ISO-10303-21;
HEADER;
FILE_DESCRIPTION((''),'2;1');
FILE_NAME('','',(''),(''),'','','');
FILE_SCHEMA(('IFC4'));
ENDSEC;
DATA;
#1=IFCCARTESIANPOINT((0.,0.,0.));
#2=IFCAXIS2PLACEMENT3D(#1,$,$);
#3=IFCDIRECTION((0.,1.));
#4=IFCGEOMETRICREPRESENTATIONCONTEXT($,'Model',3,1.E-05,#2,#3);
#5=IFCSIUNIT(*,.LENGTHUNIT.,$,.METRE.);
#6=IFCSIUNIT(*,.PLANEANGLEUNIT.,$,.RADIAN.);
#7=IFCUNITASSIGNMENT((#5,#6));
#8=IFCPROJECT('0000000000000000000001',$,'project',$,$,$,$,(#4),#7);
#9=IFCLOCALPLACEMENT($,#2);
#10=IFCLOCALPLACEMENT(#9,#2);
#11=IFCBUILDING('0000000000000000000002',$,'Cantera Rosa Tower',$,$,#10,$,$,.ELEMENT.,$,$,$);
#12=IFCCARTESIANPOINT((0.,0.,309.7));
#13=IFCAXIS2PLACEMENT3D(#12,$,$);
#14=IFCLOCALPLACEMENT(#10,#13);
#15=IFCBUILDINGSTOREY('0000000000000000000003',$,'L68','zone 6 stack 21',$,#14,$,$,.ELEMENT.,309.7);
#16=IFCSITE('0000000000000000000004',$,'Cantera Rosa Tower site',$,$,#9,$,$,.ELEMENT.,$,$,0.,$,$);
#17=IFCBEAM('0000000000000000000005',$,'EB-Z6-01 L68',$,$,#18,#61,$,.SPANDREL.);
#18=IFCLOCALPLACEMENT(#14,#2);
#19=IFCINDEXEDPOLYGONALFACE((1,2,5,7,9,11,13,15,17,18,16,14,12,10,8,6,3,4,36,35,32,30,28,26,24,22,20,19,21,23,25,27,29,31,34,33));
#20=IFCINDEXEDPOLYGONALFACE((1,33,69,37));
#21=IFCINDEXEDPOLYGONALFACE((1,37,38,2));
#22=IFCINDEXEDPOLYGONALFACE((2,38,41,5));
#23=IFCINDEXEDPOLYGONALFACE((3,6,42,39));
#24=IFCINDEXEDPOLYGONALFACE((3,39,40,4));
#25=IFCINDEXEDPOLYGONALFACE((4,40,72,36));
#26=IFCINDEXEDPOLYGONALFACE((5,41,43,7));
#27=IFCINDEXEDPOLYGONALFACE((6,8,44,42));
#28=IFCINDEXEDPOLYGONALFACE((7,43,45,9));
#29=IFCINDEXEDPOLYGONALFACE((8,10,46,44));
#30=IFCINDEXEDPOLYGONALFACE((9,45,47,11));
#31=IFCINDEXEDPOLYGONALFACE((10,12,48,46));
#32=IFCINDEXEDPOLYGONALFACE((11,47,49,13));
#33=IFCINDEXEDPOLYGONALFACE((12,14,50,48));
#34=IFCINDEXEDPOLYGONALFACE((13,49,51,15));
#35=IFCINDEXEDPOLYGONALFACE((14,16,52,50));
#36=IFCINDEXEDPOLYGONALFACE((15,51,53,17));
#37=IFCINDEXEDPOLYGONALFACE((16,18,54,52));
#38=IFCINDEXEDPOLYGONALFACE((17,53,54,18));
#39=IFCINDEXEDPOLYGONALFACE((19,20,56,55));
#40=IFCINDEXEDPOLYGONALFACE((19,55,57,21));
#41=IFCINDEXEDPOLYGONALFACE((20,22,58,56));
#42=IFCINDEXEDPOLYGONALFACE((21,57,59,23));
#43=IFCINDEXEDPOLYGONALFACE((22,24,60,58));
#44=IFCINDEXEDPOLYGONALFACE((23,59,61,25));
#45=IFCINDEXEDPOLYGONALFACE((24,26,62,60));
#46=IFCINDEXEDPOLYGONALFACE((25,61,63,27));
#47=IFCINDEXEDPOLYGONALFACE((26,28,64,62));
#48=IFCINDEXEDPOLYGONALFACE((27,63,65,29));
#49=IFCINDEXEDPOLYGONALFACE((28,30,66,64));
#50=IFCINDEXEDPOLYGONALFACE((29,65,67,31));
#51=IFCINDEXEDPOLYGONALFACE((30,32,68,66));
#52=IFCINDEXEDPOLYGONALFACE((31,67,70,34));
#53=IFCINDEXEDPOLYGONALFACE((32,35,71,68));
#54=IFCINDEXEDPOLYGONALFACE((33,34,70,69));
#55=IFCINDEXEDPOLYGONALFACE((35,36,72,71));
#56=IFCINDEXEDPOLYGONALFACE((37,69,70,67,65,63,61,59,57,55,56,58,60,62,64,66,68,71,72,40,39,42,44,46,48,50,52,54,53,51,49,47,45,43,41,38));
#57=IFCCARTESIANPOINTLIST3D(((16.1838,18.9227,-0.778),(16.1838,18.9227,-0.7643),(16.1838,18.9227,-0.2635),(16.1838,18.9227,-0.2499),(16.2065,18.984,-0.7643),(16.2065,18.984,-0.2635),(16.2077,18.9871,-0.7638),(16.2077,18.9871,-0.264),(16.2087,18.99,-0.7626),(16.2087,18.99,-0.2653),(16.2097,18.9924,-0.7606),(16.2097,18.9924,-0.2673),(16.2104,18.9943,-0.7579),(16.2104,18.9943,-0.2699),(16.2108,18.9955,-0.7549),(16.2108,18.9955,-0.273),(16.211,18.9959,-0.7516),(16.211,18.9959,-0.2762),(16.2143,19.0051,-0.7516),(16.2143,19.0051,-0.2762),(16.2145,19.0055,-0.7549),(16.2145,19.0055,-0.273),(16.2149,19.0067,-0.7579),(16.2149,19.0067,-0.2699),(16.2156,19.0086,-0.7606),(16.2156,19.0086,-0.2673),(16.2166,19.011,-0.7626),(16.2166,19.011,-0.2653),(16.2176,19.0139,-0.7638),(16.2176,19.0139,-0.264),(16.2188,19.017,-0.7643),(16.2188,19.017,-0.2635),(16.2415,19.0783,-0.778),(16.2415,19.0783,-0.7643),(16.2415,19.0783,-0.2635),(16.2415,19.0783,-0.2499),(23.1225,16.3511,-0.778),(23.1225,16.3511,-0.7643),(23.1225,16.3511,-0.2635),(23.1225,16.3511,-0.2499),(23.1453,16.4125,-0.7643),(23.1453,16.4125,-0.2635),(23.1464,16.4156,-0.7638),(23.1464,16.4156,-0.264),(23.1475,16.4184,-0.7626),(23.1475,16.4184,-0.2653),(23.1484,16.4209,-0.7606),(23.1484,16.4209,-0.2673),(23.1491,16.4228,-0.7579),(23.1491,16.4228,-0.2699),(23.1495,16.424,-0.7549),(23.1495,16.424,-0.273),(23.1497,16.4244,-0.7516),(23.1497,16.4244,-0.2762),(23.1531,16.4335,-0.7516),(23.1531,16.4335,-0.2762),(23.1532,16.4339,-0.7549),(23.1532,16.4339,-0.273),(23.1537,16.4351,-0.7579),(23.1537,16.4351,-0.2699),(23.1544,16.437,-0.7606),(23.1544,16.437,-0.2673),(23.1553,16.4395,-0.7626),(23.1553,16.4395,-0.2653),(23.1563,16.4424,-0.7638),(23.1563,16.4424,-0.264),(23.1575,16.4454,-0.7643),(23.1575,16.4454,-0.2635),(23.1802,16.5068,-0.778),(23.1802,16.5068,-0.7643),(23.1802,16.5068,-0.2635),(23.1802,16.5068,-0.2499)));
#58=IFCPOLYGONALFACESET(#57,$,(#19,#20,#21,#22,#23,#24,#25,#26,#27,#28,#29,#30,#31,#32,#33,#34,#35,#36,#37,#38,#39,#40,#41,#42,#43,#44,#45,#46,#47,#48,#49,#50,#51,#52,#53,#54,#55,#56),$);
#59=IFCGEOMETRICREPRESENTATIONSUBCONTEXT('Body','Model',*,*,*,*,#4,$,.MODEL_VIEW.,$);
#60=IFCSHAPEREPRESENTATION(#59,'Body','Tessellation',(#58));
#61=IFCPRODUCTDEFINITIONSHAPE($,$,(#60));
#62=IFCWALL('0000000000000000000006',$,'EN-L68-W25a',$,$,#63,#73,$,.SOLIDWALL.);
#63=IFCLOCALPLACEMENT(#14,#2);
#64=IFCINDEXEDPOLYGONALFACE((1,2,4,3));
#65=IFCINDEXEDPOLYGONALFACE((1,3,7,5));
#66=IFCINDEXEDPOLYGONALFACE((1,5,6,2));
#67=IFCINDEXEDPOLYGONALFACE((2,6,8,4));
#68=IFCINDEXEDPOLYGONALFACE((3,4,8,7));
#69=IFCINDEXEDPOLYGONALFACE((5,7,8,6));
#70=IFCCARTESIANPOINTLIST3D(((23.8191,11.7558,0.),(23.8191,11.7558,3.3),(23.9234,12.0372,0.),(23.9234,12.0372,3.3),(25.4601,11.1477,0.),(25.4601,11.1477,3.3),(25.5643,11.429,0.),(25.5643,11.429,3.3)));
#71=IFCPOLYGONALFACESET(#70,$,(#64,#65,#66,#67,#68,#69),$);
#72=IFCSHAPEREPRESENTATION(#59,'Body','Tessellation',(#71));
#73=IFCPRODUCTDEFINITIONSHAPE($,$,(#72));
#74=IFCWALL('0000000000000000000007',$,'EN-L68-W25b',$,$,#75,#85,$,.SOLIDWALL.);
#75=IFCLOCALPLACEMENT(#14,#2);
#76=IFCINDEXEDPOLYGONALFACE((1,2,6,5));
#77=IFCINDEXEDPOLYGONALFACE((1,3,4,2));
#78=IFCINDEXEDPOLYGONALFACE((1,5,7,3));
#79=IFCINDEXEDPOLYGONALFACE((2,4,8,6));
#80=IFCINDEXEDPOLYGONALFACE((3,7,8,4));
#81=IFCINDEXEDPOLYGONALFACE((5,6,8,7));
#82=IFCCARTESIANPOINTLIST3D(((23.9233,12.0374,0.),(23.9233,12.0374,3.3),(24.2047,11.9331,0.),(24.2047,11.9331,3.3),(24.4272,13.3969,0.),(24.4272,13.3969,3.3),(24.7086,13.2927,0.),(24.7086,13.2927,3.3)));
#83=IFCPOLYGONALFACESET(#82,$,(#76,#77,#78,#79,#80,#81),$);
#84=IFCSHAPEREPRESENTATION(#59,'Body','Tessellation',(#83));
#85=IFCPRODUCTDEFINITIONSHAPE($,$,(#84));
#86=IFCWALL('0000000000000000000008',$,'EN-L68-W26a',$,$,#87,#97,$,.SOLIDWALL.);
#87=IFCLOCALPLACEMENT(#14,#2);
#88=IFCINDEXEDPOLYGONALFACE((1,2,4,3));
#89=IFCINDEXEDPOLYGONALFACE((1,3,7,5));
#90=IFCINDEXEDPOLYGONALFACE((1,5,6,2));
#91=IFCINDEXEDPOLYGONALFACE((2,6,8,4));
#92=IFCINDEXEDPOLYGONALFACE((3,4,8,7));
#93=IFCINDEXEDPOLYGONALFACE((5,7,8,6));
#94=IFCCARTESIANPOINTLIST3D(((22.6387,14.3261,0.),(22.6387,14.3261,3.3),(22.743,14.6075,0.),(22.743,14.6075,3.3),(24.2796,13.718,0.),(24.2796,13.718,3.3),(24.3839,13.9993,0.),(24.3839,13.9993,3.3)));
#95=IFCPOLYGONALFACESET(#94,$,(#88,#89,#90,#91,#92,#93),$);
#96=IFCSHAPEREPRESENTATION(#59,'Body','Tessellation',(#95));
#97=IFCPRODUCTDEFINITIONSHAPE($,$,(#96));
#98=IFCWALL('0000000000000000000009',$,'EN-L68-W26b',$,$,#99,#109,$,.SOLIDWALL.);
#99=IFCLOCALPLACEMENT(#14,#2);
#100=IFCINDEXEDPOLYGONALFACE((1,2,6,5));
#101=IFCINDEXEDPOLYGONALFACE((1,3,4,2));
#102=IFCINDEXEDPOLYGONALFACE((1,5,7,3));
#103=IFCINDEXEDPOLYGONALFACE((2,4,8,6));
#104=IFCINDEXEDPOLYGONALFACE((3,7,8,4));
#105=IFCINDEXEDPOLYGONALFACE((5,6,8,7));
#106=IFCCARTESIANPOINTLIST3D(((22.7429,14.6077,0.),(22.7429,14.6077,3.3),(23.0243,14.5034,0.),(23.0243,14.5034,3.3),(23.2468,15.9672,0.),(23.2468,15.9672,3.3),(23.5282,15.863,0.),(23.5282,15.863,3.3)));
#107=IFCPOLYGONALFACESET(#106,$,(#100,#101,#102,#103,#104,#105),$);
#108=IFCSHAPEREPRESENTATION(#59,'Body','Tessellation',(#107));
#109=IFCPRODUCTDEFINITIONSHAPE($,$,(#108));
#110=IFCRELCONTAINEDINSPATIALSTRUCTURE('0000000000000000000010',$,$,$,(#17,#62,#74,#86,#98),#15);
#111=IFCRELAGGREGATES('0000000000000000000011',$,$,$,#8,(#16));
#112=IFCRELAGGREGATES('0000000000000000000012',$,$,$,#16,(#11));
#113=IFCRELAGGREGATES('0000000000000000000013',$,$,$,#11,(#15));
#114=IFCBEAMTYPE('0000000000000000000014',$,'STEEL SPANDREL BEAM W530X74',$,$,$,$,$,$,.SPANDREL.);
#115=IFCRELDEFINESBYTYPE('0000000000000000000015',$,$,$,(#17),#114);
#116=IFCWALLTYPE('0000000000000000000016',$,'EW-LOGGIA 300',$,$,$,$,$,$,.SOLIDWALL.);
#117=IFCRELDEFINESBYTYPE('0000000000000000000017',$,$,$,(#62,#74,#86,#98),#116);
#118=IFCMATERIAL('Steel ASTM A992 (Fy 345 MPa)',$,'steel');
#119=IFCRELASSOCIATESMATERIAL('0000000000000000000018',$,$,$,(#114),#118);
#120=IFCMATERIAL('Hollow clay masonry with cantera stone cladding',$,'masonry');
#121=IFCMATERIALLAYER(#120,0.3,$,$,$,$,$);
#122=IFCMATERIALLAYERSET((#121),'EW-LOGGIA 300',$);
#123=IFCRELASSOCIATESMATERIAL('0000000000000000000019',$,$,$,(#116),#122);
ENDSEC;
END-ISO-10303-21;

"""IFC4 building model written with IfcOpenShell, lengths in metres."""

from ifc_helpers import new_model, si_unit, direction, frame, frame_2d, origin, origin_2d, place, context, subcontext, project, spatial, rectangle, i_section, extrude, material, layer, layer_set, material_profile, profile_set, type_object, element, save


model = new_model("IFC4")

# Units and contexts
model_context = context("Model", 3, precision=1e-05, world=origin(), true_north=direction((0.0, 1.0)))
body_context = subcontext(model_context, "Body", "Model", "MODEL_VIEW")
ifc_project = project(units=[si_unit("LENGTHUNIT", "METRE"), si_unit("PLANEANGLEUNIT", "RADIAN")], contexts=[model_context])

# Site, building, storey
site_placement = place(None, origin())
site = spatial("IfcSite", under=ifc_project, at=site_placement, Name="Cantera Rosa Tower site", CompositionType="ELEMENT", RefElevation=0.0)
building_placement = place(site_placement, origin())
building = spatial("IfcBuilding", under=site, at=building_placement, Name="Cantera Rosa Tower", CompositionType="ELEMENT")
storey_placement = place(building_placement, frame((0.0, 0.0, 309.7)))
storey = spatial("IfcBuildingStorey", under=building, at=storey_placement, Name="L68", Description="zone 6 stack 21", CompositionType="ELEMENT", Elevation=309.7)

# Beam
ifc_material_1 = material(Name="Steel ASTM A992 (Fy 345 MPa)", Category="steel")
ifc_material_profile_1 = material_profile(ifc_material_1, i_section(OverallWidth=0.166, OverallDepth=0.5281, WebThickness=0.0098, FlangeThickness=0.0137, FilletRadius=0.0127, at=origin_2d()), Name="W530X74")
ifc_profile_set_1 = profile_set([ifc_material_profile_1], Name="Steel ASTM A992 (Fy 345 MPa)")
beam_type_1 = type_object("IfcBeamType", Name="STEEL SPANDREL BEAM W530X74", PredefinedType="SPANDREL", material=ifc_profile_set_1)
beam_1_placement = place(storey_placement, frame((23.1514, 16.429, -0.5139), z_axis=(-0.937677, 0.347509, 0.0), x_axis=(-0.347509, -0.937677, 0.0)))
element("IfcBeam", 1, at=beam_1_placement, inside=storey, type_object=beam_type_1, Name="EB-Z6-01 L68", PredefinedType="SPANDREL", context=body_context, shape_type="SweptSolid", body=[
    extrude(i_section(OverallWidth=0.166, OverallDepth=0.5281, WebThickness=0.0098, FlangeThickness=0.0137, FilletRadius=0.0127, at=origin_2d()), origin(), (0.0, 0.0, 1.0), 7.3999),
])

# Walls
ifc_material_2 = material(Name="Hollow clay masonry with cantera stone cladding", Category="masonry")
ifc_layer_1 = layer(ifc_material_2, 0.3)
ifc_layer_set_1 = layer_set([ifc_layer_1], Name="EW-LOGGIA 300")
wall_type_1 = type_object("IfcWallType", Name="EW-LOGGIA 300", PredefinedType="SOLIDWALL", material=ifc_layer_set_1)
wall_1_placement = place(storey_placement, frame((25.5122, 11.2883, 0.0), z_axis=(0.0, 0.0, 1.0), x_axis=(-0.93767, 0.347528, 0.0)))
element("IfcWall", 2, at=wall_1_placement, inside=storey, type_object=wall_type_1, Name="EN-L68-W25a", PredefinedType="SOLIDWALL", context=body_context, shape_type="SweptSolid", body=[
    extrude(rectangle(XDim=1.75, YDim=0.3, at=frame_2d((0.875, 0.0))), origin(), (0.0, 0.0, 1.0), 3.3),
])
wall_2_placement = place(storey_placement, frame((24.064, 11.9851, 0.0), z_axis=(0.0, 0.0, 1.0), x_axis=(0.347523, 0.937672, 0.0)))
element("IfcWall", 3, at=wall_2_placement, inside=storey, type_object=wall_type_1, Name="EN-L68-W25b", PredefinedType="SOLIDWALL", context=body_context, shape_type="SweptSolid", body=[
    extrude(rectangle(XDim=1.45, YDim=0.3, at=frame_2d((0.7251, 0.0))), origin(), (0.0, 0.0, 1.0), 3.3),
])
wall_3_placement = place(storey_placement, frame((24.3318, 13.8586, 0.0), z_axis=(0.0, 0.0, 1.0), x_axis=(-0.93767, 0.347528, 0.0)))
element("IfcWall", 4, at=wall_3_placement, inside=storey, type_object=wall_type_1, Name="EN-L68-W26a", PredefinedType="SOLIDWALL", context=body_context, shape_type="SweptSolid", body=[
    extrude(rectangle(XDim=1.75, YDim=0.3, at=frame_2d((0.875, 0.0))), origin(), (0.0, 0.0, 1.0), 3.3),
])
wall_4_placement = place(storey_placement, frame((22.8835, 14.5554, 0.0), z_axis=(0.0, 0.0, 1.0), x_axis=(0.347523, 0.937672, 0.0)))
element("IfcWall", 5, at=wall_4_placement, inside=storey, type_object=wall_type_1, Name="EN-L68-W26b", PredefinedType="SOLIDWALL", context=body_context, shape_type="SweptSolid", body=[
    extrude(rectangle(XDim=1.45, YDim=0.3, at=frame_2d((0.7251, 0.0))), origin(), (0.0, 0.0, 1.0), 3.3),
])

save(model, "model.ifc")
